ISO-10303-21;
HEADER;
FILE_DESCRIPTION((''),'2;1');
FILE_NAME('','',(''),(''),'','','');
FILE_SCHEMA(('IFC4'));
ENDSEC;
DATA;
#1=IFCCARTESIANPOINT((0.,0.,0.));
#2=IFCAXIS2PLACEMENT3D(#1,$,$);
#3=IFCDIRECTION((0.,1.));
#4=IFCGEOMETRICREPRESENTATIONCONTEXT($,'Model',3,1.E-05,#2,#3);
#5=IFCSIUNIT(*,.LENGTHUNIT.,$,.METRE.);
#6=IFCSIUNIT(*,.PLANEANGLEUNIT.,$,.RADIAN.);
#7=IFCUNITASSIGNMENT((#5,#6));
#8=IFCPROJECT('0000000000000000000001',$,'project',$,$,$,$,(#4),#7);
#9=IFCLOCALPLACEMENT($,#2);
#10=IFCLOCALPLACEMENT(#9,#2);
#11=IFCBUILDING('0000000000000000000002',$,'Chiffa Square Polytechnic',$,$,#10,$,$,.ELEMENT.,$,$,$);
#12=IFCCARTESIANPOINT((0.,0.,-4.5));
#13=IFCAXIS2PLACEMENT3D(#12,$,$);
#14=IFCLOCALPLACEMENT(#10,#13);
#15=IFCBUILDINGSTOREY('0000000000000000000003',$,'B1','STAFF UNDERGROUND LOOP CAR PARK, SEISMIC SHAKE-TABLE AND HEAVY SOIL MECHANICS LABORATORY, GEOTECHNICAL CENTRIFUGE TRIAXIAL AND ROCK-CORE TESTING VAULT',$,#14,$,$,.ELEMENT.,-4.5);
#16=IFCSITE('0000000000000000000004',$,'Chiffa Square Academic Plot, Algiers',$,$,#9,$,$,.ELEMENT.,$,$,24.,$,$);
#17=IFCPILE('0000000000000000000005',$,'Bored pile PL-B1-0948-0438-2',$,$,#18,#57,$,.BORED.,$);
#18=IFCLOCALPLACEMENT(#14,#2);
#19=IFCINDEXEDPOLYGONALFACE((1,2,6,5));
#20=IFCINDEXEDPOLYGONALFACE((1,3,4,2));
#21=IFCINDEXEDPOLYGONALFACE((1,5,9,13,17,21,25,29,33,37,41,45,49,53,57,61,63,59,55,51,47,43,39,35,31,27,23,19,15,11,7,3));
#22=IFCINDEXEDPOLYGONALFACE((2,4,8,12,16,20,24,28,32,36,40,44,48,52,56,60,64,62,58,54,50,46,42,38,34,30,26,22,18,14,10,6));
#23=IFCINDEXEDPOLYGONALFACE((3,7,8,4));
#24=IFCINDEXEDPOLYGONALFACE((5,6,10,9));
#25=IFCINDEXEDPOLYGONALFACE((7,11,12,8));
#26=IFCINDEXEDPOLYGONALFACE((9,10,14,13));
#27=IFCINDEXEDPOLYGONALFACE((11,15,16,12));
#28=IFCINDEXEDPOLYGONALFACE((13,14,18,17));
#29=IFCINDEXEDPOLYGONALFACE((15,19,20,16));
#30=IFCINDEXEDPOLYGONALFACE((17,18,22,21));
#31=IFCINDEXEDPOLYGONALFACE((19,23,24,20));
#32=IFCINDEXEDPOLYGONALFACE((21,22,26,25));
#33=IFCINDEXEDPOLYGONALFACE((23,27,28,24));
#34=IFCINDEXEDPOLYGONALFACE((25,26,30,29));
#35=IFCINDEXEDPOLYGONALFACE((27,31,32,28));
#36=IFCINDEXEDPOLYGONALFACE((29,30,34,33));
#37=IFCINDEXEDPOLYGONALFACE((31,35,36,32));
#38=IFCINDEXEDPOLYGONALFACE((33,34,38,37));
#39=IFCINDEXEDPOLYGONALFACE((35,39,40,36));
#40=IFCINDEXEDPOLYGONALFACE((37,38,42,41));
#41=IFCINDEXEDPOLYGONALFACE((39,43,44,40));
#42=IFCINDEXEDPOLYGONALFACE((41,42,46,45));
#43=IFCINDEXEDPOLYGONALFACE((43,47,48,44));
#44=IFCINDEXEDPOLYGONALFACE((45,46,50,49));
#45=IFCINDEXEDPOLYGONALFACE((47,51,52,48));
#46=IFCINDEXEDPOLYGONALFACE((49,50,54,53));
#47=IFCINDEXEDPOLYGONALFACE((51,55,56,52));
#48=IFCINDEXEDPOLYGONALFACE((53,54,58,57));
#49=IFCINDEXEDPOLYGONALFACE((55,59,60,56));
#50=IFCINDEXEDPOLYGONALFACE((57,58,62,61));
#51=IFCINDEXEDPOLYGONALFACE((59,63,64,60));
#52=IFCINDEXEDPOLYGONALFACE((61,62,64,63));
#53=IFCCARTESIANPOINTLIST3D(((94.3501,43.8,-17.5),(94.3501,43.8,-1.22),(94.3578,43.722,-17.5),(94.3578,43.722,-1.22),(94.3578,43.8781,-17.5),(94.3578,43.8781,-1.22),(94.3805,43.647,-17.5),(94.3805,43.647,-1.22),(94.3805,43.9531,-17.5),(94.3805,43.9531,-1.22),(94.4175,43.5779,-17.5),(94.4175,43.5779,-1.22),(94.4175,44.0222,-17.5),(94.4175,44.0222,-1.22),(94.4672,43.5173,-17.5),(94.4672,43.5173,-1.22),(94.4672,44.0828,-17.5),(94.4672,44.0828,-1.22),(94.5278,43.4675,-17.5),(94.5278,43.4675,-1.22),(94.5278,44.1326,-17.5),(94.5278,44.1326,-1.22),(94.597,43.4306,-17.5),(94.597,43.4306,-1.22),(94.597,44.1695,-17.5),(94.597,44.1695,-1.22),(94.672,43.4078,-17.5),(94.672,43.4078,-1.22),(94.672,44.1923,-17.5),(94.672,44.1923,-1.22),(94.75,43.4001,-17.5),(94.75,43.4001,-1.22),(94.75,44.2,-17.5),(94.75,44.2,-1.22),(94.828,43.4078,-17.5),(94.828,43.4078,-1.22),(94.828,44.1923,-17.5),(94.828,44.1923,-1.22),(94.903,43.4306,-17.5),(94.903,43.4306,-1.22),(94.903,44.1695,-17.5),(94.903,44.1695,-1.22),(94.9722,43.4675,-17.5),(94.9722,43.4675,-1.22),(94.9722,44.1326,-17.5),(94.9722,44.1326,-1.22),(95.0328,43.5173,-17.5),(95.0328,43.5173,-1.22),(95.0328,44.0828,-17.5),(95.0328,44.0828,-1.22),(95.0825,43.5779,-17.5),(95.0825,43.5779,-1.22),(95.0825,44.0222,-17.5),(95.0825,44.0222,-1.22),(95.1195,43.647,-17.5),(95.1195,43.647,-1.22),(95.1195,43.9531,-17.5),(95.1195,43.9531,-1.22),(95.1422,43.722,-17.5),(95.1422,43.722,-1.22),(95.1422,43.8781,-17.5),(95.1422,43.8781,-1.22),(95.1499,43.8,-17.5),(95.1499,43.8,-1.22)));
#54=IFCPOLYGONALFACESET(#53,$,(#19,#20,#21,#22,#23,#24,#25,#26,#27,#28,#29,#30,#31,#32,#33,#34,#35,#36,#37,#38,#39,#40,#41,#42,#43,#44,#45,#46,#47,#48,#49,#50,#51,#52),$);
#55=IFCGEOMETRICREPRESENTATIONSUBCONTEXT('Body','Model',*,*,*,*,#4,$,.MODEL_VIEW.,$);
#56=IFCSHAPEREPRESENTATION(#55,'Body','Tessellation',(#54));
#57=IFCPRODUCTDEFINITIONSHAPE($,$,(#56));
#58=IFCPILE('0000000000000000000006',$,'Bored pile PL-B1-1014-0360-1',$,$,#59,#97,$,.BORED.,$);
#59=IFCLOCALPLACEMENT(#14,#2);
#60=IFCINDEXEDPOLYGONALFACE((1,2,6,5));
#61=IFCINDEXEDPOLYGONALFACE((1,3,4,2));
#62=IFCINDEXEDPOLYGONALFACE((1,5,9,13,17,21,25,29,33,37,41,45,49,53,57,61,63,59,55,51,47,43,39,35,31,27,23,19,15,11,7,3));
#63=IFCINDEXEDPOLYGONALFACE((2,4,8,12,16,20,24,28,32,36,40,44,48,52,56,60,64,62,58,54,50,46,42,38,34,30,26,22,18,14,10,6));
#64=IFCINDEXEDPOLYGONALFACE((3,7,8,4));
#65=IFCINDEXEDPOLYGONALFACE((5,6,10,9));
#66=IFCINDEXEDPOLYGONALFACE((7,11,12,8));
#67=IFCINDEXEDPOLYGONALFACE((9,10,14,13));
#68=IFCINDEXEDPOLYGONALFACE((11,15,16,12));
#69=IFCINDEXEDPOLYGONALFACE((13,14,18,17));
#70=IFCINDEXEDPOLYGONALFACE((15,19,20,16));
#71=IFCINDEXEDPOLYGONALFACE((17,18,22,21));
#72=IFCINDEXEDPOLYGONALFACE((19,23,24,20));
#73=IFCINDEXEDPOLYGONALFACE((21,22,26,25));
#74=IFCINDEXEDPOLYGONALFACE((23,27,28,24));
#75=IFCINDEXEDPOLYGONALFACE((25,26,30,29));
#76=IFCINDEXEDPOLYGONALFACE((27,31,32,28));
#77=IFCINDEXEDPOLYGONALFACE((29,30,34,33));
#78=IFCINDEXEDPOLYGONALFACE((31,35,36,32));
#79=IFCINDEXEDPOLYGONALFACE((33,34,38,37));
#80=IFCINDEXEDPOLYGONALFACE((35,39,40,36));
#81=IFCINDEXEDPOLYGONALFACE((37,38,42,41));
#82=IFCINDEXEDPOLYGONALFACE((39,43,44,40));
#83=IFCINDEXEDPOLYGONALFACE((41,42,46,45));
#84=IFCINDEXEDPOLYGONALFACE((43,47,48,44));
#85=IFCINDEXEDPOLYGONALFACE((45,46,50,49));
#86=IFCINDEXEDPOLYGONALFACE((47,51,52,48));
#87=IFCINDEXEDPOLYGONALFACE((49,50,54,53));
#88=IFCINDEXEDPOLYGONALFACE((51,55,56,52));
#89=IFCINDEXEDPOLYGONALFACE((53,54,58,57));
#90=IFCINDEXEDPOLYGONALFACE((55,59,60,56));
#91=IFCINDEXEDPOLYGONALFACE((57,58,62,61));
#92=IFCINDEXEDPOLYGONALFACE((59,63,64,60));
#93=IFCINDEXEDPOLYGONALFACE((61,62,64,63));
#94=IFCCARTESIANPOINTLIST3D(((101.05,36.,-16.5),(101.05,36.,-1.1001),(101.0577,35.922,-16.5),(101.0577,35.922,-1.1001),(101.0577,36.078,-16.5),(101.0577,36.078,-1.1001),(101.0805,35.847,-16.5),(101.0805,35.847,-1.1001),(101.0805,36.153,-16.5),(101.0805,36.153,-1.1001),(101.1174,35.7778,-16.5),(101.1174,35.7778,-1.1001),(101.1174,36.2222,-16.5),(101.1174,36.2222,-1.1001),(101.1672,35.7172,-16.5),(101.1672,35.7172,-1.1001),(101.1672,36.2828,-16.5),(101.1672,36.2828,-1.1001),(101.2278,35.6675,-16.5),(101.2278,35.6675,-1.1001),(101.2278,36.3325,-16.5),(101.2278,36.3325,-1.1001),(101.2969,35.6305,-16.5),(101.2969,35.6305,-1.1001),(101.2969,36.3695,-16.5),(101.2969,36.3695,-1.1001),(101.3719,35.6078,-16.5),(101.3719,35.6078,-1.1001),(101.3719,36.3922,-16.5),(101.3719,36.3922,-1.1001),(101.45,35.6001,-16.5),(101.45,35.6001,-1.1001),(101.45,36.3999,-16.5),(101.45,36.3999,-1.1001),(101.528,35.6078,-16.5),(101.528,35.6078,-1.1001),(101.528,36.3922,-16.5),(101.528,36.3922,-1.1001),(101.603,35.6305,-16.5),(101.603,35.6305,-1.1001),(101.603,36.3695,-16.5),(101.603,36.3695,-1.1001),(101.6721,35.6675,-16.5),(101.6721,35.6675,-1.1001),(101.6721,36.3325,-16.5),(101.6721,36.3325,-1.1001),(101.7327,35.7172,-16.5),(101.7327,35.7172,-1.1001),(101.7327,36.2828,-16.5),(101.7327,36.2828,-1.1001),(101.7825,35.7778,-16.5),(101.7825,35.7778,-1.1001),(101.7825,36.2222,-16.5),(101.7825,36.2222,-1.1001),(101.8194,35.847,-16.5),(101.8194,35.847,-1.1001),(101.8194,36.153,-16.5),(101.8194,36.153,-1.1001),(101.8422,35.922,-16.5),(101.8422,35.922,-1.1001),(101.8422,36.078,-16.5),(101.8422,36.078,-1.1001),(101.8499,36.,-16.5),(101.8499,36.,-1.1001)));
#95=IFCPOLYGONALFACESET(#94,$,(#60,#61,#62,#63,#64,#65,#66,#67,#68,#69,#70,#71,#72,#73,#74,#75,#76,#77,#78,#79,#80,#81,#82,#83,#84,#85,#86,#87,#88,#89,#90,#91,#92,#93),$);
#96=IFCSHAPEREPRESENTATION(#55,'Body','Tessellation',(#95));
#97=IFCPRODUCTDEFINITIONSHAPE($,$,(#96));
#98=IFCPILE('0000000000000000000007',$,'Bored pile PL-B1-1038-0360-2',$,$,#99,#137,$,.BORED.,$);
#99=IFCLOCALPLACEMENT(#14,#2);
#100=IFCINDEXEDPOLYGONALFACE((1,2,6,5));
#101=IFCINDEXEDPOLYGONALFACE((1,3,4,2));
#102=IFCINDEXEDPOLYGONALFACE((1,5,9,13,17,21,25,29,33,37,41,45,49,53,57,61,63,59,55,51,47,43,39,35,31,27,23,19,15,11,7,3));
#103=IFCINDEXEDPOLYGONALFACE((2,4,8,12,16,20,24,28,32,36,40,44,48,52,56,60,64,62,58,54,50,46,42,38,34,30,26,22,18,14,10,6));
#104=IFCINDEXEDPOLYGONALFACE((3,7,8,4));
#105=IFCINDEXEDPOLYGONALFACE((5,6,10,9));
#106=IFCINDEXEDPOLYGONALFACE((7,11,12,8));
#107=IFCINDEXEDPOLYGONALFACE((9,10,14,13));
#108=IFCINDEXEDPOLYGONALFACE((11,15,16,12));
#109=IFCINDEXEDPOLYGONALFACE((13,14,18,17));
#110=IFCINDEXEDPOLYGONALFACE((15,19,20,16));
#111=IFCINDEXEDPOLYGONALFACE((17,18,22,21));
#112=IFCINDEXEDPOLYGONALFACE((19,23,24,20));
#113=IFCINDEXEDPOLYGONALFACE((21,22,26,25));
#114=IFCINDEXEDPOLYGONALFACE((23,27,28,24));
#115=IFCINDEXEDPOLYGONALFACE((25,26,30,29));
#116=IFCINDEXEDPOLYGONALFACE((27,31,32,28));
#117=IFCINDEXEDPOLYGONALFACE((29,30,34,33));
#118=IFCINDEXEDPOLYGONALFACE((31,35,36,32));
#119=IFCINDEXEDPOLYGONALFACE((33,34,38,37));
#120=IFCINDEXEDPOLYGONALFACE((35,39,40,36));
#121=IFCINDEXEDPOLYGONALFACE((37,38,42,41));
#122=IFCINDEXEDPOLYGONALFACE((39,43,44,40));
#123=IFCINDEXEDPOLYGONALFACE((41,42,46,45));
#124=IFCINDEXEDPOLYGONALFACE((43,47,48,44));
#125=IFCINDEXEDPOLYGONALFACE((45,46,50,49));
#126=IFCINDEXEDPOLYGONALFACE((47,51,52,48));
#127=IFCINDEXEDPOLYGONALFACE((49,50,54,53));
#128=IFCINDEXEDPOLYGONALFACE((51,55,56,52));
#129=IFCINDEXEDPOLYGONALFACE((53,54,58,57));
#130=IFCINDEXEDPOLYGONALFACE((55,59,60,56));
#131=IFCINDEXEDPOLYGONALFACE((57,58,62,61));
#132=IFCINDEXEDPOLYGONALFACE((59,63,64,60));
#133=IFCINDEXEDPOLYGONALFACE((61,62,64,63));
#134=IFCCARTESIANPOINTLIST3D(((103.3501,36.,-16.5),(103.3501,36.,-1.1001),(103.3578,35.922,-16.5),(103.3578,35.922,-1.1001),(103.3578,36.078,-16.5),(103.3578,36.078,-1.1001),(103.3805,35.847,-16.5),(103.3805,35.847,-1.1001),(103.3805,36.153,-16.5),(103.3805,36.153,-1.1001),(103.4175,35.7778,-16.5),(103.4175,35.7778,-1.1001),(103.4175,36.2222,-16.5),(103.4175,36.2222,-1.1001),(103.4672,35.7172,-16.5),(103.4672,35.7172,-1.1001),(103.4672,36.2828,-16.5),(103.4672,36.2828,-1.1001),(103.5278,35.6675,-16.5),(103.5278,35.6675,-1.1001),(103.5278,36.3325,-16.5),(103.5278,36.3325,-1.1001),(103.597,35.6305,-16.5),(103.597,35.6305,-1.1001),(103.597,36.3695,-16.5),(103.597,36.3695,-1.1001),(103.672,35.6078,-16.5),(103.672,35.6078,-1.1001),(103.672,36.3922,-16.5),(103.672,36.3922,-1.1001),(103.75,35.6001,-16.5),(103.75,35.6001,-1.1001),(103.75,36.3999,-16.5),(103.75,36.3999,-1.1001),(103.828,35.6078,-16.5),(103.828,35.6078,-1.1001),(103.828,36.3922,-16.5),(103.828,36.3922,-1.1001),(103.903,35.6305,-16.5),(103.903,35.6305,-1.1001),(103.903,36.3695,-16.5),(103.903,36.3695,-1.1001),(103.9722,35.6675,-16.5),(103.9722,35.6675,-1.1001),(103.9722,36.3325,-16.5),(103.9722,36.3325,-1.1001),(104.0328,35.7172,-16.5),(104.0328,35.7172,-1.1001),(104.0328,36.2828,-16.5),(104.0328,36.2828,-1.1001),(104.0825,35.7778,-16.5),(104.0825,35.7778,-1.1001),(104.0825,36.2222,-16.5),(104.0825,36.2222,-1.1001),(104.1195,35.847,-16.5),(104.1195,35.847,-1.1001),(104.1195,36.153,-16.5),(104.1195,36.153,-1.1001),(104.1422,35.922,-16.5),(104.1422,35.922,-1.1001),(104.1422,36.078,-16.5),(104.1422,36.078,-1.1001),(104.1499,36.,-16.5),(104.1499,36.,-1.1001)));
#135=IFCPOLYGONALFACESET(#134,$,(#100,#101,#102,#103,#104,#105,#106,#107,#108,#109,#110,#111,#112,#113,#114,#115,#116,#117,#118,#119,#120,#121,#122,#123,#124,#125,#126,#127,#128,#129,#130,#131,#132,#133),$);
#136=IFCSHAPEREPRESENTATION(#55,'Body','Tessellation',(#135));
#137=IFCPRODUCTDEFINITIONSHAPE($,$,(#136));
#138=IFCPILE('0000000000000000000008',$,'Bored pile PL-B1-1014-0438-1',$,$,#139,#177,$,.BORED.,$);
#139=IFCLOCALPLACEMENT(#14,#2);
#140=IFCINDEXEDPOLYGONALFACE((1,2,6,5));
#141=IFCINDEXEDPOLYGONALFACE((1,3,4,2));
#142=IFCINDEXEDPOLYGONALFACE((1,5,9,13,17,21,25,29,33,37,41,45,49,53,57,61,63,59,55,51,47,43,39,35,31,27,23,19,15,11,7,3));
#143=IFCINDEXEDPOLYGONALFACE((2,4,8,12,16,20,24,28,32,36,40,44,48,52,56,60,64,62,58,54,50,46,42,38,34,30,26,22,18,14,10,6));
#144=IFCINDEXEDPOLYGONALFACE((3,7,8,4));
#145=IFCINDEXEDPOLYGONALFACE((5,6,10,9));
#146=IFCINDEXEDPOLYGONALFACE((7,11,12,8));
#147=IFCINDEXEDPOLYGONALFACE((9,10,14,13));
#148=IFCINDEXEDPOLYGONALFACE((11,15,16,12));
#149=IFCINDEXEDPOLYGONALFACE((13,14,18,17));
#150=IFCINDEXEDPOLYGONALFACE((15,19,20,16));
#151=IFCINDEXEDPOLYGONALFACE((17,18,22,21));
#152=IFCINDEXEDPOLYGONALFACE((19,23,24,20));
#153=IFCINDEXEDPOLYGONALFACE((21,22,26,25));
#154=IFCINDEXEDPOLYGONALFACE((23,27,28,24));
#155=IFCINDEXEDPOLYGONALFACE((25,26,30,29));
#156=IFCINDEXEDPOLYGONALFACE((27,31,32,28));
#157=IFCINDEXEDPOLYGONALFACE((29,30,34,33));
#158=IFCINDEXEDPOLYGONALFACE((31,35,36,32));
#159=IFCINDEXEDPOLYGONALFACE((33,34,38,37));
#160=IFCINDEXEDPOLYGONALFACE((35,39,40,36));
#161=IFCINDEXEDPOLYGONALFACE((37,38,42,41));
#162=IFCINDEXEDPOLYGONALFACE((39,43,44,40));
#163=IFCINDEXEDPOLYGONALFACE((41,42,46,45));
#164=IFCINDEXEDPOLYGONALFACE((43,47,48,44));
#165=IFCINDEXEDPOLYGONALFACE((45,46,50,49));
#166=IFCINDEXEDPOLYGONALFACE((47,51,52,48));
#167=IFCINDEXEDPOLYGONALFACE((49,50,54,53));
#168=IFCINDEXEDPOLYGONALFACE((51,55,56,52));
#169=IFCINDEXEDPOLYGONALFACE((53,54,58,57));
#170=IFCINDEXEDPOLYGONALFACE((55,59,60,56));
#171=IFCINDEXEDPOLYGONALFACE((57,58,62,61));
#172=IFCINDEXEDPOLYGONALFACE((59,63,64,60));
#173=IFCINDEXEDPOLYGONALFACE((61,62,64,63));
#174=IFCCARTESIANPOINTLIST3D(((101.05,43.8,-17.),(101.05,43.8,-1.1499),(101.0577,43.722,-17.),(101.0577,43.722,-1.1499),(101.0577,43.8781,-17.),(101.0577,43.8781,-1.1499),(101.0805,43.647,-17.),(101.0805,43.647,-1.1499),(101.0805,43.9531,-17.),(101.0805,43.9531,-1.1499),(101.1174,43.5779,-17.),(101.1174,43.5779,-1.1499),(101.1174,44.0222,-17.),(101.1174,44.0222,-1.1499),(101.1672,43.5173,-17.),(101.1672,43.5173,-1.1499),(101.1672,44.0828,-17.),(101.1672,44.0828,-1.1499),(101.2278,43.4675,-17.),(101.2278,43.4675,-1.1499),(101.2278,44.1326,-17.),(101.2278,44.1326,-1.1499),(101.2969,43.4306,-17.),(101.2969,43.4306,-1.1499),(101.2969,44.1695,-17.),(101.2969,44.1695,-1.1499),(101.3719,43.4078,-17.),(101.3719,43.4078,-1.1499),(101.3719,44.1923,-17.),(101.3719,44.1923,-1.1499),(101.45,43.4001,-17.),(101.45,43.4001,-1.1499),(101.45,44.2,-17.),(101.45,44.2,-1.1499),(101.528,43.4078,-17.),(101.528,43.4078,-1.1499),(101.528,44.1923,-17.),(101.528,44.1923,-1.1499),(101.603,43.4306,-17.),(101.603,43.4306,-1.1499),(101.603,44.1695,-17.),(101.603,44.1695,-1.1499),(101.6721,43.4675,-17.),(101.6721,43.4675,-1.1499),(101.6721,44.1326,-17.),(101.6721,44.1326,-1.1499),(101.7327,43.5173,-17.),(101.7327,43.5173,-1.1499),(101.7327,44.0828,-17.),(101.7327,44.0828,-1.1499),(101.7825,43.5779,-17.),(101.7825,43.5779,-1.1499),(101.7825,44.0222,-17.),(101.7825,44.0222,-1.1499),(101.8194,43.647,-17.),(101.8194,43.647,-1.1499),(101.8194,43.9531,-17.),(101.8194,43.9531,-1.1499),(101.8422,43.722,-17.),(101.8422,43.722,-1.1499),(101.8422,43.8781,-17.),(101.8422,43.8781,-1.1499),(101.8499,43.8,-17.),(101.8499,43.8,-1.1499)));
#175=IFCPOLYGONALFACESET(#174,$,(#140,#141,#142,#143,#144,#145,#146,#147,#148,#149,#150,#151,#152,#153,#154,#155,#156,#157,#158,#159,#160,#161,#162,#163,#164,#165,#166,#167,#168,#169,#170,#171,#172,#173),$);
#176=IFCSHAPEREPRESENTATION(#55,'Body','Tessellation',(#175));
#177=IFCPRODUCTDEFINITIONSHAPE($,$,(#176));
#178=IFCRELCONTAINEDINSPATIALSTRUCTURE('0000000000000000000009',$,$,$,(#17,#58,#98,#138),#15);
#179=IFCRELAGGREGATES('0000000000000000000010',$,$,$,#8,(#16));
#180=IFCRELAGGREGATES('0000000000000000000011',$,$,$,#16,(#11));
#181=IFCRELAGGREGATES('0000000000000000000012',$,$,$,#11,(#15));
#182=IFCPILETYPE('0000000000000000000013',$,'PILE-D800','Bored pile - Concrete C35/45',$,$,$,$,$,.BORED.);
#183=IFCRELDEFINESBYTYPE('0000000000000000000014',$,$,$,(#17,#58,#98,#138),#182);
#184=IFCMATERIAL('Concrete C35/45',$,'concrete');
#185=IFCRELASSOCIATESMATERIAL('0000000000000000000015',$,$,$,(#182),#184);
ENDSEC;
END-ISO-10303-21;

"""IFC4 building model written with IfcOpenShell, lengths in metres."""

from ifc_helpers import new_model, si_unit, direction, frame, origin, origin_2d, place, context, subcontext, project, spatial, circle, extrude, material, material_profile, profile_set, type_object, element, save


model = new_model("IFC4")

# Units and contexts
model_context = context("Model", 3, precision=1e-05, world=origin(), true_north=direction((0.0, 1.0)))
body_context = subcontext(model_context, "Body", "Model", "MODEL_VIEW")
ifc_project = project(units=[si_unit("LENGTHUNIT", "METRE"), si_unit("PLANEANGLEUNIT", "RADIAN")], contexts=[model_context])

# Site, building, storey
site_placement = place(None, origin())
site = spatial("IfcSite", under=ifc_project, at=site_placement, Name="Chiffa Square Academic Plot, Algiers", CompositionType="ELEMENT", RefElevation=24.0)
building_placement = place(site_placement, origin())
building = spatial("IfcBuilding", under=site, at=building_placement, Name="Chiffa Square Polytechnic", CompositionType="ELEMENT")
storey_placement = place(building_placement, frame((0.0, 0.0, -4.5)))
storey = spatial("IfcBuildingStorey", under=building, at=storey_placement, Name="B1", Description="STAFF UNDERGROUND LOOP CAR PARK, SEISMIC SHAKE-TABLE AND HEAVY SOIL MECHANICS LABORATORY, GEOTECHNICAL CENTRIFUGE TRIAXIAL AND ROCK-CORE TESTING VAULT", CompositionType="ELEMENT", Elevation=-4.5)

# Shared definitions
ifc_material_1 = material(Name="Concrete C35/45", Category="concrete")

# Piles
ifc_material_profile_1 = material_profile(ifc_material_1, circle(Radius=0.3999, at=origin_2d()), Name="PILE D800")
ifc_profile_set_1 = profile_set([ifc_material_profile_1], Name="Concrete C35/45")
pile_type_1 = type_object("IfcPileType", Name="PILE-D800", Description="Bored pile - Concrete C35/45", PredefinedType="BORED", material=ifc_profile_set_1)
for number, where, z_axis, x_axis, name in (
    (1, (94.75, 43.8, -1.22), (0.0, 0.0, -1.0), (1.0, 0.0, 0.0), "Bored pile PL-B1-0948-0438-2"),
):
    element("IfcPile", number, at=place(storey_placement, frame(where, z_axis=z_axis, x_axis=x_axis)), inside=storey, type_object=pile_type_1, Name=name, PredefinedType="BORED", context=body_context, shape_type="SweptSolid", body=[
        extrude(circle(Radius=0.3999, at=origin_2d()), origin(), (0.0, 0.0, 1.0), 16.28),
    ])
for number, where, z_axis, x_axis, name in (
    (2, (101.45, 36.0, -1.1001), (0.0, 0.0, -1.0), (1.0, 0.0, 0.0), "Bored pile PL-B1-1014-0360-1"),
    (3, (103.75, 36.0, -1.1001), (0.0, 0.0, -1.0), (1.0, 0.0, 0.0), "Bored pile PL-B1-1038-0360-2"),
):
    element("IfcPile", number, at=place(storey_placement, frame(where, z_axis=z_axis, x_axis=x_axis)), inside=storey, type_object=pile_type_1, Name=name, PredefinedType="BORED", context=body_context, shape_type="SweptSolid", body=[
        extrude(circle(Radius=0.3999, at=origin_2d()), origin(), (0.0, 0.0, 1.0), 15.3999),
    ])
pile_placement = place(storey_placement, frame((101.45, 43.8, -1.1499), z_axis=(0.0, 0.0, -1.0), x_axis=(1.0, 0.0, 0.0)))
element("IfcPile", 4, at=pile_placement, inside=storey, type_object=pile_type_1, Name="Bored pile PL-B1-1014-0438-1", PredefinedType="BORED", context=body_context, shape_type="SweptSolid", body=[
    extrude(circle(Radius=0.3999, at=origin_2d()), origin(), (0.0, 0.0, 1.0), 15.8501),
])

save(model, "model.ifc")
